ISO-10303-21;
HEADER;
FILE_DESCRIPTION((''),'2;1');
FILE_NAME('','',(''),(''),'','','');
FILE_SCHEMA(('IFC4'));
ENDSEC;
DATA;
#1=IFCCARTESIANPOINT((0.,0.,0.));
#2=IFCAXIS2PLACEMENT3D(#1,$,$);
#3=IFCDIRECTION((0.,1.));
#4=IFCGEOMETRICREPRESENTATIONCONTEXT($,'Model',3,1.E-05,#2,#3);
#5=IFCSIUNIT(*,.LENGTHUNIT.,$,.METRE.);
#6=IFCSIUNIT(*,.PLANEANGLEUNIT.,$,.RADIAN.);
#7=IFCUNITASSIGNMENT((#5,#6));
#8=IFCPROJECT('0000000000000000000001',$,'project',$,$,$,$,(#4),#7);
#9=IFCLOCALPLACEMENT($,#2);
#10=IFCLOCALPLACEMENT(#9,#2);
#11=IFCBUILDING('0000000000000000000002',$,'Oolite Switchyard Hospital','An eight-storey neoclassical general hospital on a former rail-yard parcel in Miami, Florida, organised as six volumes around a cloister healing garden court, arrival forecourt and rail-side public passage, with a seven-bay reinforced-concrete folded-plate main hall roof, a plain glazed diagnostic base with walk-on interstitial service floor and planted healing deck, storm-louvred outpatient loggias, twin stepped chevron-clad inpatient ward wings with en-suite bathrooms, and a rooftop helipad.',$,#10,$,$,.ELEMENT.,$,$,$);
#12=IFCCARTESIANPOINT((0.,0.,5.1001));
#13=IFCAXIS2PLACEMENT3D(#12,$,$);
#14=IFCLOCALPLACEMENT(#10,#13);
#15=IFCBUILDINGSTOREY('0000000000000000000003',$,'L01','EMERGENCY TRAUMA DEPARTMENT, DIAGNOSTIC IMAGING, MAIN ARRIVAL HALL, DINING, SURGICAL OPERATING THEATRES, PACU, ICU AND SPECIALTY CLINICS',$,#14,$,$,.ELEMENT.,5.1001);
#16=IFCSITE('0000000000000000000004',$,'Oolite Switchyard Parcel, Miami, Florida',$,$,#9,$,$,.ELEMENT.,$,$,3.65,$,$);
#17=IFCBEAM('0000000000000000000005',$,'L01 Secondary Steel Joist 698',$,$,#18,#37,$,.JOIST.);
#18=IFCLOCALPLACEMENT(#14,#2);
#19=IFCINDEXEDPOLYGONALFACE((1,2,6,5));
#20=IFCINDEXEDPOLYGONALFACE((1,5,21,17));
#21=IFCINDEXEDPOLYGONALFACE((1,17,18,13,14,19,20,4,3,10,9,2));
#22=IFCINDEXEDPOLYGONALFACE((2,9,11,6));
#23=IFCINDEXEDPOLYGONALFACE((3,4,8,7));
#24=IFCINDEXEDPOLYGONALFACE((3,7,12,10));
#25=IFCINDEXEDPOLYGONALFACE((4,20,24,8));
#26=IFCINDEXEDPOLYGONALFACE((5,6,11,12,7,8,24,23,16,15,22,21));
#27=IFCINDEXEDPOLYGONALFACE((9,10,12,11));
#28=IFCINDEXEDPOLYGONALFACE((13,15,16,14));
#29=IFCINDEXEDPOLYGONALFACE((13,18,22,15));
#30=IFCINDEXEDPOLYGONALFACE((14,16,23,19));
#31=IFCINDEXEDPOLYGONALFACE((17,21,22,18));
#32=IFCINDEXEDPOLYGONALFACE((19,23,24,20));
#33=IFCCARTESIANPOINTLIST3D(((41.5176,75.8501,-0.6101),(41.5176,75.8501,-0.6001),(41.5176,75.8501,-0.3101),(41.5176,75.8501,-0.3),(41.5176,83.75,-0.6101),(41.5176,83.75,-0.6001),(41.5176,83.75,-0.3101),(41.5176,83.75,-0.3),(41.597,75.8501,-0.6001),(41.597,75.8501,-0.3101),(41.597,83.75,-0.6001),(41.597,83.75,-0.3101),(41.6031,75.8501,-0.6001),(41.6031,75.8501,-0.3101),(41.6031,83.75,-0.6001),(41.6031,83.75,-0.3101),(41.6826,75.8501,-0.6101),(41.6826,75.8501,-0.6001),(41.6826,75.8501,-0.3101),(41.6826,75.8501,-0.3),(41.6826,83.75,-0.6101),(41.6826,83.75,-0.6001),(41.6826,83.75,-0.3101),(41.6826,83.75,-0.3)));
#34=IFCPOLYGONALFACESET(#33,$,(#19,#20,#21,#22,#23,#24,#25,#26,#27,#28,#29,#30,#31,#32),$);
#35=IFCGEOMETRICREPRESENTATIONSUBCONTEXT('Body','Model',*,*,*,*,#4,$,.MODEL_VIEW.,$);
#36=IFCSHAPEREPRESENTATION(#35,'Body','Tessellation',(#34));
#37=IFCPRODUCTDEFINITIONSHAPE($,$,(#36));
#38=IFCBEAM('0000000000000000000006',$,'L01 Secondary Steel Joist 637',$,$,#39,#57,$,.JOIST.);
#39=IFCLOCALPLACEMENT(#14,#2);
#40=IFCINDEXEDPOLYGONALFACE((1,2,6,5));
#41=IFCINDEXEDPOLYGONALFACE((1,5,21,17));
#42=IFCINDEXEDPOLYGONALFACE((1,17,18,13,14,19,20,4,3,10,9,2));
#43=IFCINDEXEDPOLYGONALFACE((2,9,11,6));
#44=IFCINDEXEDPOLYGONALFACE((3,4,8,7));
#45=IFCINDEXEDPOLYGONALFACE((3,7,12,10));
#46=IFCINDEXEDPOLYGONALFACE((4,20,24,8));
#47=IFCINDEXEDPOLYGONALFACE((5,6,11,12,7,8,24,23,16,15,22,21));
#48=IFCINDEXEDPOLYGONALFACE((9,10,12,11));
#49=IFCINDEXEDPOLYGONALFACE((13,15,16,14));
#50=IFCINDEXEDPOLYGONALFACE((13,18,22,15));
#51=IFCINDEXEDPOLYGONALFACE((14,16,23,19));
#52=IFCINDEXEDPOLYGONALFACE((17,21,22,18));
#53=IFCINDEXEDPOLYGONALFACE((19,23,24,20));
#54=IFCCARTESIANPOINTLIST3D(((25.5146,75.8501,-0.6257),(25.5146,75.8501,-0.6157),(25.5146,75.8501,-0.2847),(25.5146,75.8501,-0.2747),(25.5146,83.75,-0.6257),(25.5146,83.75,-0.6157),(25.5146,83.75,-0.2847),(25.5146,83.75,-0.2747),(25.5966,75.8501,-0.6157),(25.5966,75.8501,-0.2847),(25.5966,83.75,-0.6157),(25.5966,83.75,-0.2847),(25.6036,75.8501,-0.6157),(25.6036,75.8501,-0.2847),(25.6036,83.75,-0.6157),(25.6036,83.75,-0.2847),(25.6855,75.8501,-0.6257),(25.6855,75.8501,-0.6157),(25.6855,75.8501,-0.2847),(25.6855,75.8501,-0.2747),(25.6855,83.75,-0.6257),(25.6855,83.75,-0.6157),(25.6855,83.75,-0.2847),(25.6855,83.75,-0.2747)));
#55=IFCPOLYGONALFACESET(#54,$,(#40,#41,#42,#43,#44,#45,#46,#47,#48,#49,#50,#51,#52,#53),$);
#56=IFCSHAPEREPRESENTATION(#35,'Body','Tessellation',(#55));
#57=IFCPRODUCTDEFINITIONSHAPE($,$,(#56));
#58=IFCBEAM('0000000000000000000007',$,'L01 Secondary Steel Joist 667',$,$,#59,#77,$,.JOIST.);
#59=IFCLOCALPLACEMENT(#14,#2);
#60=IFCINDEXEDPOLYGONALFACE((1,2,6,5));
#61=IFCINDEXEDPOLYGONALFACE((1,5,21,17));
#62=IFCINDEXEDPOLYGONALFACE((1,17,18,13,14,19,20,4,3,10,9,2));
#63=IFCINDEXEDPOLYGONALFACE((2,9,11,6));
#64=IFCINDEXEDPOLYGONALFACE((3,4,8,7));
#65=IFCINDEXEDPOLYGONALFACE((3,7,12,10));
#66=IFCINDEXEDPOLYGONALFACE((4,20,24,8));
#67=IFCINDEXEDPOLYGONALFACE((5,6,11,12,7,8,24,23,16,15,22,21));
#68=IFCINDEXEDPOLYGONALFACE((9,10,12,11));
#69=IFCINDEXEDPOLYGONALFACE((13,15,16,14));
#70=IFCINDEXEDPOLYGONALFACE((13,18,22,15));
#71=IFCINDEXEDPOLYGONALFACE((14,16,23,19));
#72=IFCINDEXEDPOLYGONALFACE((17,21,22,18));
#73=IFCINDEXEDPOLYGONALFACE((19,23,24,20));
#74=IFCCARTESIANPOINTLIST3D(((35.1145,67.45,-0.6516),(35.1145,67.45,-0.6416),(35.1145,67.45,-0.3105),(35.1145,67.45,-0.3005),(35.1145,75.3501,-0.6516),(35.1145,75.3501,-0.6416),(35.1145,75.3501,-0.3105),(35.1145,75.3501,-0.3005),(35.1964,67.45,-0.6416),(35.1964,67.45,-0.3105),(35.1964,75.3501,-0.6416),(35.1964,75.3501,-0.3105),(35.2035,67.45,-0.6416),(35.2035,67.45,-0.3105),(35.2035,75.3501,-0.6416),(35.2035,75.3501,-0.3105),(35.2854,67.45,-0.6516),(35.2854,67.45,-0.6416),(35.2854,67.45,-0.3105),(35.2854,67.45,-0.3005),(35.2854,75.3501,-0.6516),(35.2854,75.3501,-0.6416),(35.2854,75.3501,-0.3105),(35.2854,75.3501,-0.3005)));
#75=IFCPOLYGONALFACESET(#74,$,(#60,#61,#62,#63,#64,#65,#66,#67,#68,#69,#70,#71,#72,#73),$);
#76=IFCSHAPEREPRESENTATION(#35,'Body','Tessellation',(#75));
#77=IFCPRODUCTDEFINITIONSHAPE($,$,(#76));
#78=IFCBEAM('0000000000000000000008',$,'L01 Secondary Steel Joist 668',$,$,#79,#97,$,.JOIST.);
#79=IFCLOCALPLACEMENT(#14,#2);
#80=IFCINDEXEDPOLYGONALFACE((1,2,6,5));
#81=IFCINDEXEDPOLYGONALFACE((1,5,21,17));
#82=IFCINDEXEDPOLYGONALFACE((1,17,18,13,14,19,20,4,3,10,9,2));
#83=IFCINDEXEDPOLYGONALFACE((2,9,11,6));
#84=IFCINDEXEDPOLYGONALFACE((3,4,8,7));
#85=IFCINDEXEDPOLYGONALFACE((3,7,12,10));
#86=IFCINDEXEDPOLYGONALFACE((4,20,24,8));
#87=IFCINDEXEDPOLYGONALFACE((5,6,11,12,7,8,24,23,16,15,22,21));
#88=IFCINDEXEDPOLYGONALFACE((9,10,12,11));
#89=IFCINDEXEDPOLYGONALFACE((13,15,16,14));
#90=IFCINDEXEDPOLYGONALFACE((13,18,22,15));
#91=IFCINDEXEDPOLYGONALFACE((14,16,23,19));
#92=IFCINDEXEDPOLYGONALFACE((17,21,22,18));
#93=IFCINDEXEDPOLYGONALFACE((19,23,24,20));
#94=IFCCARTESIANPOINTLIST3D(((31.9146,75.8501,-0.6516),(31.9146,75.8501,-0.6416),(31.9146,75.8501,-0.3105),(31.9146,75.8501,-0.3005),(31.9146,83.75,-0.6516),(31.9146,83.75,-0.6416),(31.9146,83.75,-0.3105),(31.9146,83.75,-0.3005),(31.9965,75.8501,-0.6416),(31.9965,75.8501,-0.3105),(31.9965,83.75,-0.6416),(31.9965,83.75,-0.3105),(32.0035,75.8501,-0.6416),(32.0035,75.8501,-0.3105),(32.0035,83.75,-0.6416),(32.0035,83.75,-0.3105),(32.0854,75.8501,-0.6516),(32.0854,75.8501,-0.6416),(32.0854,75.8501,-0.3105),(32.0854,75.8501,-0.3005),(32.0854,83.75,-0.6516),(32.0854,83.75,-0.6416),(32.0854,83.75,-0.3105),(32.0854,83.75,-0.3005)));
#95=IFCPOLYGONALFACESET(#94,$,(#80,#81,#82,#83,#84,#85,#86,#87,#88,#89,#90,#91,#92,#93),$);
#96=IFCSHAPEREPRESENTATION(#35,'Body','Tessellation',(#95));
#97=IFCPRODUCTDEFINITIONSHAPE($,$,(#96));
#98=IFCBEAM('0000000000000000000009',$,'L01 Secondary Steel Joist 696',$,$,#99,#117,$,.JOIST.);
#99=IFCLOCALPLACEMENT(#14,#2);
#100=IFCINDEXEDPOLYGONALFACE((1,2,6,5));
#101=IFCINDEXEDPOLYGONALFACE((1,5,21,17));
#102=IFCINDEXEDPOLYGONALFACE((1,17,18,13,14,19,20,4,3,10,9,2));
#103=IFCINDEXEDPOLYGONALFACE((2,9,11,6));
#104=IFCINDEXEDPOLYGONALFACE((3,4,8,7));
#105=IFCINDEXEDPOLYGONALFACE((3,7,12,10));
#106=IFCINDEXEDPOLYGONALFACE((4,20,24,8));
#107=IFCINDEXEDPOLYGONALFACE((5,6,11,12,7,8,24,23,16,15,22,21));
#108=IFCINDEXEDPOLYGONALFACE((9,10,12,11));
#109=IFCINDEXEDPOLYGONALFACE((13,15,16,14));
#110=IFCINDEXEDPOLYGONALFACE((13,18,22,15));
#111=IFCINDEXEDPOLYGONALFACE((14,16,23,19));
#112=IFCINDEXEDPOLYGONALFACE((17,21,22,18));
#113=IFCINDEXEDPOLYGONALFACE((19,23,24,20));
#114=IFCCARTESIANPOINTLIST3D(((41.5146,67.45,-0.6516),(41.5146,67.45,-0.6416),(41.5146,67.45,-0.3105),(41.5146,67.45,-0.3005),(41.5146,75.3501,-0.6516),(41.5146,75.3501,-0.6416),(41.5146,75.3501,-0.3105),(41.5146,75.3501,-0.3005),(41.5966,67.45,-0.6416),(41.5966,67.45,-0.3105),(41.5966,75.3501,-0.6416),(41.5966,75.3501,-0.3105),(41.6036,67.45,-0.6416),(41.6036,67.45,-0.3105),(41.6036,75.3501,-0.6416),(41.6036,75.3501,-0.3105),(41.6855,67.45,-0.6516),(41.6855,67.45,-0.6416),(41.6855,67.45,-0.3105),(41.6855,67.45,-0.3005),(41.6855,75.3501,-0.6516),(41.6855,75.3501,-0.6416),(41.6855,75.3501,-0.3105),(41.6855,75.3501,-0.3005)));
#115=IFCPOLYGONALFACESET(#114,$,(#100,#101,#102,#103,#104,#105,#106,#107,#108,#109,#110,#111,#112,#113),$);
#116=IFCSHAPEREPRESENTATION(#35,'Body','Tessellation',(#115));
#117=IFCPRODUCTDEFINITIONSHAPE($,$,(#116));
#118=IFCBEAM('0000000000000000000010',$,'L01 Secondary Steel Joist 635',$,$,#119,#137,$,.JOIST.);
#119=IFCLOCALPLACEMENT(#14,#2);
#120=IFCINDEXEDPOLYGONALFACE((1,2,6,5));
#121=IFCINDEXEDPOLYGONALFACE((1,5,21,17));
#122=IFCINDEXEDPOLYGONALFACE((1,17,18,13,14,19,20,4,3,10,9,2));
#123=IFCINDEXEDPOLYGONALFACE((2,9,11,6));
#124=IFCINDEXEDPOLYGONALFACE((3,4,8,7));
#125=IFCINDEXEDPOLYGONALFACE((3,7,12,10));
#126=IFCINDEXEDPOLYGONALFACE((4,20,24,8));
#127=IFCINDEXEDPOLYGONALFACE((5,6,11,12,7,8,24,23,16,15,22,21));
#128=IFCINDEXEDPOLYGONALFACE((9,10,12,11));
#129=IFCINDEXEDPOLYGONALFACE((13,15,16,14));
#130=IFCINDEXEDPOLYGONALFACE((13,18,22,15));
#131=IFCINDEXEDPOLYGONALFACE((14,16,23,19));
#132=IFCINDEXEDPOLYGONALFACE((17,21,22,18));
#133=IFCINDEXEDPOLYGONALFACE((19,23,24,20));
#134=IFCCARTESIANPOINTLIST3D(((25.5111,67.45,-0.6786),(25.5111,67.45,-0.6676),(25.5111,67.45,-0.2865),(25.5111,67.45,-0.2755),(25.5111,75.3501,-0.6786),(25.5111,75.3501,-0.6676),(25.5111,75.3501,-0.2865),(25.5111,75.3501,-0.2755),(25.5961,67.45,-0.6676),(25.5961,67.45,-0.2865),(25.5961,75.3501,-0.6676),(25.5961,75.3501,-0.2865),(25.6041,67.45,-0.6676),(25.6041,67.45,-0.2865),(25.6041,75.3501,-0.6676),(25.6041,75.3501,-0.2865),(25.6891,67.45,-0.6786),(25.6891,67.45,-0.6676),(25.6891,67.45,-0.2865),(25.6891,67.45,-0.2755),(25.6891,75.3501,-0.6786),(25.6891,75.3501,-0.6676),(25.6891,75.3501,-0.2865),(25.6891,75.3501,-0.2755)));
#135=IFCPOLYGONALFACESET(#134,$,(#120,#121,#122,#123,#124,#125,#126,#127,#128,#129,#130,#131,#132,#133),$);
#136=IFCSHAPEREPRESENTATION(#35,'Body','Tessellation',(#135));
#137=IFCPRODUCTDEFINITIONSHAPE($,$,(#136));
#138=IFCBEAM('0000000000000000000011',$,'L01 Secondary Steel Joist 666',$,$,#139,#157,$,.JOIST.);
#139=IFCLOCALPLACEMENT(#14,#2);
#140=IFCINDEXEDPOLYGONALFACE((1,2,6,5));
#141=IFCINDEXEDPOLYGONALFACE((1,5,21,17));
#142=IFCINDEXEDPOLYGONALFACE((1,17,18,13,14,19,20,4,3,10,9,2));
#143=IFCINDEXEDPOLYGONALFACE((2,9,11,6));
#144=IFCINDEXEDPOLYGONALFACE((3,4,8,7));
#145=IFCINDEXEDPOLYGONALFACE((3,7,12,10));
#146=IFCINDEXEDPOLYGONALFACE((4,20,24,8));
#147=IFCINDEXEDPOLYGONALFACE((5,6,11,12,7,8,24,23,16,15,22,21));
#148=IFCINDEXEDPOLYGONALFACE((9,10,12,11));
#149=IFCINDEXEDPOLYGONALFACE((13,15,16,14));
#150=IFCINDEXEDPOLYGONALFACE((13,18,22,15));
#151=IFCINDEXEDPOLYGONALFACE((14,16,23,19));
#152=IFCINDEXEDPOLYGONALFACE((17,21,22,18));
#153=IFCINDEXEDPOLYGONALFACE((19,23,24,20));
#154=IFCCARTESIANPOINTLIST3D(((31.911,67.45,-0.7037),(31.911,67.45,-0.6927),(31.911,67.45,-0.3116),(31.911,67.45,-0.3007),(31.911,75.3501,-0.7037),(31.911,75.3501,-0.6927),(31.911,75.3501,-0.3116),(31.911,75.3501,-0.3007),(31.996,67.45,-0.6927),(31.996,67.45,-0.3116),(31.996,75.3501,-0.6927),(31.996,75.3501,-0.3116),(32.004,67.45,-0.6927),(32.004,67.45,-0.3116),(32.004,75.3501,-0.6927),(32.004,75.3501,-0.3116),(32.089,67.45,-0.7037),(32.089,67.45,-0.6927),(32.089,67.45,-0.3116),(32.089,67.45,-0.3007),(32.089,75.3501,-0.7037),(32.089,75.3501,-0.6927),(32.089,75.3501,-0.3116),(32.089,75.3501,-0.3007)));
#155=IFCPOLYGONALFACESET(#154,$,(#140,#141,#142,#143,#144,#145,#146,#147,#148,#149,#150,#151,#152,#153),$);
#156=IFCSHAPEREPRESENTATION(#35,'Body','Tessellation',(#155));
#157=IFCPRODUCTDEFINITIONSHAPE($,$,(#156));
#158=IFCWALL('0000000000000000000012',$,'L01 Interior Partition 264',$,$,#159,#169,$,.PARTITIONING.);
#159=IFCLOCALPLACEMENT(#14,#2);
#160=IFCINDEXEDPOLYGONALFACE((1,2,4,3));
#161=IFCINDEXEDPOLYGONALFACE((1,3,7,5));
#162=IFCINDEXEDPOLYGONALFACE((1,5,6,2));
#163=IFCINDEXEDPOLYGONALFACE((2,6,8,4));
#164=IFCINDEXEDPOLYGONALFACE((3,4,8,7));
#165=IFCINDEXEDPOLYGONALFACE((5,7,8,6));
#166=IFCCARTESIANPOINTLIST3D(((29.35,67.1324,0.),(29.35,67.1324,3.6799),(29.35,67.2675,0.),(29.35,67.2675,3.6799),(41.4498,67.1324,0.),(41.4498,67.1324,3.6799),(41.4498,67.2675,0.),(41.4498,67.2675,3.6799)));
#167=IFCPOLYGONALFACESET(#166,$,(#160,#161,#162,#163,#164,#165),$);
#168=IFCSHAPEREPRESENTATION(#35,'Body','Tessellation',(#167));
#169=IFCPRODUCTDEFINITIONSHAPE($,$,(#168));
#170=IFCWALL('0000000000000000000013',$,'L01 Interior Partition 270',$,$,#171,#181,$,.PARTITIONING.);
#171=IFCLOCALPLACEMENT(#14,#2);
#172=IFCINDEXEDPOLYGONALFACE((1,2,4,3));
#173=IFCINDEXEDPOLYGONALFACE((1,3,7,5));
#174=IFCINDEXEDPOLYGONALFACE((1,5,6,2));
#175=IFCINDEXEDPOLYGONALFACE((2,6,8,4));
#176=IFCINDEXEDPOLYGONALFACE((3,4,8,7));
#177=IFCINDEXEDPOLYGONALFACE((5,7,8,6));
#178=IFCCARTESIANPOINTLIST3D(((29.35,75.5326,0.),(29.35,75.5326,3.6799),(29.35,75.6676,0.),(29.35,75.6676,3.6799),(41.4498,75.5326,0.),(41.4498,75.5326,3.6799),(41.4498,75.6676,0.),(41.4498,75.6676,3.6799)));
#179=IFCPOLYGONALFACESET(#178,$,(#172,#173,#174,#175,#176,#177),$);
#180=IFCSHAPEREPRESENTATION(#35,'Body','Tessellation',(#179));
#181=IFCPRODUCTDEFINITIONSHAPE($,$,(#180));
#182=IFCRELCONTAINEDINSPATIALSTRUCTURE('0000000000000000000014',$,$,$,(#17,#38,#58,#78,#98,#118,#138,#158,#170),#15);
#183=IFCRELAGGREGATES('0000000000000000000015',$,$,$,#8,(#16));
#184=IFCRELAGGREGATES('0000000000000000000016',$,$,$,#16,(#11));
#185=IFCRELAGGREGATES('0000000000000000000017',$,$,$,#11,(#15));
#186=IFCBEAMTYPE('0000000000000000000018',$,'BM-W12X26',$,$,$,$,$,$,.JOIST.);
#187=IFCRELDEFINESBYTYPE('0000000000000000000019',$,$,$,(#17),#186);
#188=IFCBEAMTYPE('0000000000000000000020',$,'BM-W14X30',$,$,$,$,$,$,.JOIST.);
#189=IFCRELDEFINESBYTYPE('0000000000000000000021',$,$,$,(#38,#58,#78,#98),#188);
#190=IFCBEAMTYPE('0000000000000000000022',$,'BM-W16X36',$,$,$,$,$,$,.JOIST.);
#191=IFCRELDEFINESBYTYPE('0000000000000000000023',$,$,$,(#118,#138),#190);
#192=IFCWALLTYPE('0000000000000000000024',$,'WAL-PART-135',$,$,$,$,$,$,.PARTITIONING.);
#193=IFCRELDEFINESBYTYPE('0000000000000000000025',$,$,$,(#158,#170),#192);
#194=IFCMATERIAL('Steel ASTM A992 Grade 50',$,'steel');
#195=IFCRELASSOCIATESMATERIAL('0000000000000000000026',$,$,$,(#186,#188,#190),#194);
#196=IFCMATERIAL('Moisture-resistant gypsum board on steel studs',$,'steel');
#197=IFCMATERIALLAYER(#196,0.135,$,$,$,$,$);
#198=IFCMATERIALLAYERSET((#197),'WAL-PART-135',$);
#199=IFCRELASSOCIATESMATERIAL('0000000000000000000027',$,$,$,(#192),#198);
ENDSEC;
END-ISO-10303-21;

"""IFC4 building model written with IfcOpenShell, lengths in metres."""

from ifc_helpers import new_model, si_unit, direction, frame, frame_2d, origin, origin_2d, place, context, subcontext, project, spatial, rectangle, i_section, extrude, material, layer, layer_set, material_profile, profile_set, type_object, element, save


model = new_model("IFC4")

# Units and contexts
model_context = context("Model", 3, precision=1e-05, world=origin(), true_north=direction((0.0, 1.0)))
body_context = subcontext(model_context, "Body", "Model", "MODEL_VIEW")
ifc_project = project(units=[si_unit("LENGTHUNIT", "METRE"), si_unit("PLANEANGLEUNIT", "RADIAN")], contexts=[model_context])

# Site, building, storey
site_placement = place(None, origin())
site = spatial("IfcSite", under=ifc_project, at=site_placement, Name="Oolite Switchyard Parcel, Miami, Florida", CompositionType="ELEMENT", RefElevation=3.65)
building_placement = place(site_placement, origin())
building = spatial("IfcBuilding", under=site, at=building_placement, Name="Oolite Switchyard Hospital", Description="An eight-storey neoclassical general hospital on a former rail-yard parcel in Miami, Florida, organised as six volumes around a cloister healing garden court, arrival forecourt and rail-side public passage, with a seven-bay reinforced-concrete folded-plate main hall roof, a plain glazed diagnostic base with walk-on interstitial service floor and planted healing deck, storm-louvred outpatient loggias, twin stepped chevron-clad inpatient ward wings with en-suite bathrooms, and a rooftop helipad.", CompositionType="ELEMENT")
storey_placement = place(building_placement, frame((0.0, 0.0, 5.1001)))
storey = spatial("IfcBuildingStorey", under=building, at=storey_placement, Name="L01", Description="EMERGENCY TRAUMA DEPARTMENT, DIAGNOSTIC IMAGING, MAIN ARRIVAL HALL, DINING, SURGICAL OPERATING THEATRES, PACU, ICU AND SPECIALTY CLINICS", CompositionType="ELEMENT", Elevation=5.1001)

# Beams
ifc_material_1 = material(Name="Steel ASTM A992 Grade 50", Category="steel")
ifc_material_profile_1 = material_profile(ifc_material_1, i_section(OverallWidth=0.165, OverallDepth=0.3101, WebThickness=0.0061, FlangeThickness=0.01, at=origin_2d()), Name="W12X26")
ifc_profile_set_1 = profile_set([ifc_material_profile_1], Name="Steel ASTM A992 Grade 50")
beam_type_1 = type_object("IfcBeamType", Name="BM-W12X26", PredefinedType="JOIST", material=ifc_profile_set_1)
for number, where, z_axis, x_axis, name in (
    (1, (41.6001, 75.8501, -0.4551), (0.0, 1.0, 0.0), (-1.0, 0.0, 0.0), "L01 Secondary Steel Joist 698"),
):
    element("IfcBeam", number, at=place(storey_placement, frame(where, z_axis=z_axis, x_axis=x_axis)), inside=storey, type_object=beam_type_1, Name=name, PredefinedType="JOIST", context=body_context, shape_type="SweptSolid", body=[
        extrude(i_section(OverallWidth=0.165, OverallDepth=0.3101, WebThickness=0.0061, FlangeThickness=0.01, at=origin_2d()), origin(), (0.0, 0.0, 1.0), 7.8999),
    ])
ifc_material_profile_2 = material_profile(ifc_material_1, i_section(OverallWidth=0.1709, OverallDepth=0.3511, WebThickness=0.0071, FlangeThickness=0.01, at=origin_2d()), Name="W14X30")
ifc_profile_set_2 = profile_set([ifc_material_profile_2], Name="Steel ASTM A992 Grade 50")
beam_type_2 = type_object("IfcBeamType", Name="BM-W14X30", PredefinedType="JOIST", material=ifc_profile_set_2)
beam_1_placement = place(storey_placement, frame((25.6001, 75.8501, -0.4502), z_axis=(0.0, 1.0, 0.0), x_axis=(-1.0, 0.0, 0.0)))
element("IfcBeam", 2, at=beam_1_placement, inside=storey, type_object=beam_type_2, Name="L01 Secondary Steel Joist 637", PredefinedType="JOIST", context=body_context, shape_type="SweptSolid", body=[
    extrude(i_section(OverallWidth=0.1709, OverallDepth=0.3511, WebThickness=0.0071, FlangeThickness=0.01, at=origin_2d()), origin(), (0.0, 0.0, 1.0), 7.8999),
])
beam_2_placement = place(storey_placement, frame((35.2, 67.45, -0.4761), z_axis=(0.0, 1.0, 0.0), x_axis=(-1.0, 0.0, 0.0)))
element("IfcBeam", 3, at=beam_2_placement, inside=storey, type_object=beam_type_2, Name="L01 Secondary Steel Joist 667", PredefinedType="JOIST", context=body_context, shape_type="SweptSolid", body=[
    extrude(i_section(OverallWidth=0.1709, OverallDepth=0.3511, WebThickness=0.0071, FlangeThickness=0.01, at=origin_2d()), origin(), (0.0, 0.0, 1.0), 7.9001),
])
beam_3_placement = place(storey_placement, frame((32.0, 75.8501, -0.4761), z_axis=(0.0, 1.0, 0.0), x_axis=(-1.0, 0.0, 0.0)))
element("IfcBeam", 4, at=beam_3_placement, inside=storey, type_object=beam_type_2, Name="L01 Secondary Steel Joist 668", PredefinedType="JOIST", context=body_context, shape_type="SweptSolid", body=[
    extrude(i_section(OverallWidth=0.1709, OverallDepth=0.3511, WebThickness=0.0071, FlangeThickness=0.01, at=origin_2d()), origin(), (0.0, 0.0, 1.0), 7.8999),
])
beam_4_placement = place(storey_placement, frame((41.6001, 67.45, -0.4761), z_axis=(0.0, 1.0, 0.0), x_axis=(-1.0, 0.0, 0.0)))
element("IfcBeam", 5, at=beam_4_placement, inside=storey, type_object=beam_type_2, Name="L01 Secondary Steel Joist 696", PredefinedType="JOIST", context=body_context, shape_type="SweptSolid", body=[
    extrude(i_section(OverallWidth=0.1709, OverallDepth=0.3511, WebThickness=0.0071, FlangeThickness=0.01, at=origin_2d()), origin(), (0.0, 0.0, 1.0), 7.9001),
])
ifc_material_profile_3 = material_profile(ifc_material_1, i_section(OverallWidth=0.178, OverallDepth=0.4031, WebThickness=0.0081, FlangeThickness=0.011, at=origin_2d()), Name="W16X36")
ifc_profile_set_3 = profile_set([ifc_material_profile_3], Name="Steel ASTM A992 Grade 50")
beam_type_3 = type_object("IfcBeamType", Name="BM-W16X36", PredefinedType="JOIST", material=ifc_profile_set_3)
for number, where, z_axis, x_axis, name in (
    (6, (25.6001, 67.45, -0.4771), (0.0, 1.0, 0.0), (-1.0, 0.0, 0.0), "L01 Secondary Steel Joist 635"),
    (7, (32.0, 67.45, -0.5022), (0.0, 1.0, 0.0), (-1.0, 0.0, 0.0), "L01 Secondary Steel Joist 666"),
):
    element("IfcBeam", number, at=place(storey_placement, frame(where, z_axis=z_axis, x_axis=x_axis)), inside=storey, type_object=beam_type_3, Name=name, PredefinedType="JOIST", context=body_context, shape_type="SweptSolid", body=[
        extrude(i_section(OverallWidth=0.178, OverallDepth=0.4031, WebThickness=0.0081, FlangeThickness=0.011, at=origin_2d()), origin(), (0.0, 0.0, 1.0), 7.9001),
    ])

# Walls
ifc_material_2 = material(Name="Moisture-resistant gypsum board on steel studs", Category="steel")
ifc_layer_1 = layer(ifc_material_2, 0.135)
ifc_layer_set_1 = layer_set([ifc_layer_1], Name="WAL-PART-135")
wall_type_1 = type_object("IfcWallType", Name="WAL-PART-135", PredefinedType="PARTITIONING", material=ifc_layer_set_1)
for number, where, z_axis, x_axis, name in (
    (8, (29.3501, 67.2, 0.0), (0.0, 0.0, 1.0), (1.0, 0.0, 0.0), "L01 Interior Partition 264"),
    (9, (29.3501, 75.6001, 0.0), (0.0, 0.0, 1.0), (1.0, 0.0, 0.0), "L01 Interior Partition 270"),
):
    element("IfcWall", number, at=place(storey_placement, frame(where, z_axis=z_axis, x_axis=x_axis)), inside=storey, type_object=wall_type_1, Name=name, PredefinedType="PARTITIONING", context=body_context, shape_type="SweptSolid", body=[
        extrude(rectangle(XDim=12.0999, YDim=0.135, at=frame_2d((6.0498, 0.0))), origin(), (0.0, 0.0, 1.0), 3.6799),
    ])

save(model, "model.ifc")
